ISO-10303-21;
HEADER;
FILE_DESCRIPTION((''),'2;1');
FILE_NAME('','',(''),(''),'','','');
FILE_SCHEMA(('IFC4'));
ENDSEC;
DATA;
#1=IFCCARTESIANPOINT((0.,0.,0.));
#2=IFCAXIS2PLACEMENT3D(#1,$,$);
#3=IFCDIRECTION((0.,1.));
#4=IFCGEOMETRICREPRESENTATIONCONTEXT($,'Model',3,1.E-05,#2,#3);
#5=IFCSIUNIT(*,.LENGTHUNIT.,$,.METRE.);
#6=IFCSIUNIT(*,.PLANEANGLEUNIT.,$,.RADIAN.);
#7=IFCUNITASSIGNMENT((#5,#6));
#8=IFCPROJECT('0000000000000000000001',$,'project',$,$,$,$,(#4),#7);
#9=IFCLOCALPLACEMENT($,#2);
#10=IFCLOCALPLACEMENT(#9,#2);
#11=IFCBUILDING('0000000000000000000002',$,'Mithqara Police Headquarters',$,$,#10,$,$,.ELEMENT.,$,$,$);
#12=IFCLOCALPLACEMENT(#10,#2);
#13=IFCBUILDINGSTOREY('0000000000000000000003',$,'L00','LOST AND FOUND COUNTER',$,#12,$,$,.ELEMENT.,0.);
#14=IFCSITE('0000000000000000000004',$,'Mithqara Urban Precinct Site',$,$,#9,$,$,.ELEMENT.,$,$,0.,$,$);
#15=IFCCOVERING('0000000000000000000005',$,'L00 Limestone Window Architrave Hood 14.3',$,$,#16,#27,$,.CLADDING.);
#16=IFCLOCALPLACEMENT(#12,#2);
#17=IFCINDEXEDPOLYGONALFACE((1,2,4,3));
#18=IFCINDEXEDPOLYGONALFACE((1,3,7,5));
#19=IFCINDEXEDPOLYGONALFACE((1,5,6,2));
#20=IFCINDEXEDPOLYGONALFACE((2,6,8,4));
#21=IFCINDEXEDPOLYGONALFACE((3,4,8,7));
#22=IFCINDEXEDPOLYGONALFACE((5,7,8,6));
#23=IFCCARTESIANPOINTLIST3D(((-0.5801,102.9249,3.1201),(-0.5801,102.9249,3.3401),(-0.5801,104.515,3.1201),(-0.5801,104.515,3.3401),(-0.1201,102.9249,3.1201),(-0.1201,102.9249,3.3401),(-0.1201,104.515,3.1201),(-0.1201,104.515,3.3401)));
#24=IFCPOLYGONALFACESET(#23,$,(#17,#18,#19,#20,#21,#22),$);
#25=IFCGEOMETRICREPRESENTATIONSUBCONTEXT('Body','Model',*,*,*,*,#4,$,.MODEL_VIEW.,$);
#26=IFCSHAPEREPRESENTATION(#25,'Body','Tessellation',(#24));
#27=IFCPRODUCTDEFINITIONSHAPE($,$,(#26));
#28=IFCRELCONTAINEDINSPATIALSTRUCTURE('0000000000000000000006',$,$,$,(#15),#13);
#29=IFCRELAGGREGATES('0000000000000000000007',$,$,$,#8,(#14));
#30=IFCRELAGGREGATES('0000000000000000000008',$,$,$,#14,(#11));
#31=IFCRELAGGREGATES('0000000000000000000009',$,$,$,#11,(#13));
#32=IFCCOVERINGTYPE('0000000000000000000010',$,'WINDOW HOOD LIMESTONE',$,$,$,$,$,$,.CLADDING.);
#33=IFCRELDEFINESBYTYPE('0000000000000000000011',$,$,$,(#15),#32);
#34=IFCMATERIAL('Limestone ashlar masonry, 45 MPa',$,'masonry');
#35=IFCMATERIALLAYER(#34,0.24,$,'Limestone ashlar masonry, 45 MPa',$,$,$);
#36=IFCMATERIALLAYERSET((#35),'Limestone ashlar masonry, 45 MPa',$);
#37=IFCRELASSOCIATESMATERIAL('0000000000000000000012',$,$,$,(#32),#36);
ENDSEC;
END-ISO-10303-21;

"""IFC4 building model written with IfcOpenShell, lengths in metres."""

from ifc_helpers import new_model, si_unit, direction, frame, origin, origin_2d, place, context, subcontext, project, spatial, rectangle, extrude, material, layer, layer_set, type_object, element, save


model = new_model("IFC4")

# Units and contexts
model_context = context("Model", 3, precision=1e-05, world=origin(), true_north=direction((0.0, 1.0)))
body_context = subcontext(model_context, "Body", "Model", "MODEL_VIEW")
ifc_project = project(units=[si_unit("LENGTHUNIT", "METRE"), si_unit("PLANEANGLEUNIT", "RADIAN")], contexts=[model_context])

# Site, building, storey
site_placement = place(None, origin())
site = spatial("IfcSite", under=ifc_project, at=site_placement, Name="Mithqara Urban Precinct Site", CompositionType="ELEMENT", RefElevation=0.0)
building_placement = place(site_placement, origin())
building = spatial("IfcBuilding", under=site, at=building_placement, Name="Mithqara Police Headquarters", CompositionType="ELEMENT")
storey_placement = place(building_placement, origin())
storey = spatial("IfcBuildingStorey", under=building, at=storey_placement, Name="L00", Description="LOST AND FOUND COUNTER", CompositionType="ELEMENT", Elevation=0.0)

# Shared definitions
ifc_material_1 = material(Name="Limestone ashlar masonry, 45 MPa", Category="masonry")

# Covering
ifc_layer_1 = layer(ifc_material_1, 0.24, Name="Limestone ashlar masonry, 45 MPa")
ifc_layer_set_1 = layer_set([ifc_layer_1], Name="Limestone ashlar masonry, 45 MPa")
covering_type = type_object("IfcCoveringType", Name="WINDOW HOOD LIMESTONE", PredefinedType="CLADDING", material=ifc_layer_set_1)
covering_placement = place(storey_placement, frame((-0.3501, 103.72, 3.1201), z_axis=(0.0, 0.0, 1.0), x_axis=(0.0, 1.0, 0.0)))
element("IfcCovering", 1, at=covering_placement, inside=storey, type_object=covering_type, Name="L00 Limestone Window Architrave Hood 14.3", PredefinedType="CLADDING", context=body_context, shape_type="SweptSolid", body=[
    extrude(rectangle(XDim=1.5901, YDim=0.46, at=origin_2d()), origin(), (0.0, 0.0, 1.0), 0.22),
])

save(model, "model.ifc")
